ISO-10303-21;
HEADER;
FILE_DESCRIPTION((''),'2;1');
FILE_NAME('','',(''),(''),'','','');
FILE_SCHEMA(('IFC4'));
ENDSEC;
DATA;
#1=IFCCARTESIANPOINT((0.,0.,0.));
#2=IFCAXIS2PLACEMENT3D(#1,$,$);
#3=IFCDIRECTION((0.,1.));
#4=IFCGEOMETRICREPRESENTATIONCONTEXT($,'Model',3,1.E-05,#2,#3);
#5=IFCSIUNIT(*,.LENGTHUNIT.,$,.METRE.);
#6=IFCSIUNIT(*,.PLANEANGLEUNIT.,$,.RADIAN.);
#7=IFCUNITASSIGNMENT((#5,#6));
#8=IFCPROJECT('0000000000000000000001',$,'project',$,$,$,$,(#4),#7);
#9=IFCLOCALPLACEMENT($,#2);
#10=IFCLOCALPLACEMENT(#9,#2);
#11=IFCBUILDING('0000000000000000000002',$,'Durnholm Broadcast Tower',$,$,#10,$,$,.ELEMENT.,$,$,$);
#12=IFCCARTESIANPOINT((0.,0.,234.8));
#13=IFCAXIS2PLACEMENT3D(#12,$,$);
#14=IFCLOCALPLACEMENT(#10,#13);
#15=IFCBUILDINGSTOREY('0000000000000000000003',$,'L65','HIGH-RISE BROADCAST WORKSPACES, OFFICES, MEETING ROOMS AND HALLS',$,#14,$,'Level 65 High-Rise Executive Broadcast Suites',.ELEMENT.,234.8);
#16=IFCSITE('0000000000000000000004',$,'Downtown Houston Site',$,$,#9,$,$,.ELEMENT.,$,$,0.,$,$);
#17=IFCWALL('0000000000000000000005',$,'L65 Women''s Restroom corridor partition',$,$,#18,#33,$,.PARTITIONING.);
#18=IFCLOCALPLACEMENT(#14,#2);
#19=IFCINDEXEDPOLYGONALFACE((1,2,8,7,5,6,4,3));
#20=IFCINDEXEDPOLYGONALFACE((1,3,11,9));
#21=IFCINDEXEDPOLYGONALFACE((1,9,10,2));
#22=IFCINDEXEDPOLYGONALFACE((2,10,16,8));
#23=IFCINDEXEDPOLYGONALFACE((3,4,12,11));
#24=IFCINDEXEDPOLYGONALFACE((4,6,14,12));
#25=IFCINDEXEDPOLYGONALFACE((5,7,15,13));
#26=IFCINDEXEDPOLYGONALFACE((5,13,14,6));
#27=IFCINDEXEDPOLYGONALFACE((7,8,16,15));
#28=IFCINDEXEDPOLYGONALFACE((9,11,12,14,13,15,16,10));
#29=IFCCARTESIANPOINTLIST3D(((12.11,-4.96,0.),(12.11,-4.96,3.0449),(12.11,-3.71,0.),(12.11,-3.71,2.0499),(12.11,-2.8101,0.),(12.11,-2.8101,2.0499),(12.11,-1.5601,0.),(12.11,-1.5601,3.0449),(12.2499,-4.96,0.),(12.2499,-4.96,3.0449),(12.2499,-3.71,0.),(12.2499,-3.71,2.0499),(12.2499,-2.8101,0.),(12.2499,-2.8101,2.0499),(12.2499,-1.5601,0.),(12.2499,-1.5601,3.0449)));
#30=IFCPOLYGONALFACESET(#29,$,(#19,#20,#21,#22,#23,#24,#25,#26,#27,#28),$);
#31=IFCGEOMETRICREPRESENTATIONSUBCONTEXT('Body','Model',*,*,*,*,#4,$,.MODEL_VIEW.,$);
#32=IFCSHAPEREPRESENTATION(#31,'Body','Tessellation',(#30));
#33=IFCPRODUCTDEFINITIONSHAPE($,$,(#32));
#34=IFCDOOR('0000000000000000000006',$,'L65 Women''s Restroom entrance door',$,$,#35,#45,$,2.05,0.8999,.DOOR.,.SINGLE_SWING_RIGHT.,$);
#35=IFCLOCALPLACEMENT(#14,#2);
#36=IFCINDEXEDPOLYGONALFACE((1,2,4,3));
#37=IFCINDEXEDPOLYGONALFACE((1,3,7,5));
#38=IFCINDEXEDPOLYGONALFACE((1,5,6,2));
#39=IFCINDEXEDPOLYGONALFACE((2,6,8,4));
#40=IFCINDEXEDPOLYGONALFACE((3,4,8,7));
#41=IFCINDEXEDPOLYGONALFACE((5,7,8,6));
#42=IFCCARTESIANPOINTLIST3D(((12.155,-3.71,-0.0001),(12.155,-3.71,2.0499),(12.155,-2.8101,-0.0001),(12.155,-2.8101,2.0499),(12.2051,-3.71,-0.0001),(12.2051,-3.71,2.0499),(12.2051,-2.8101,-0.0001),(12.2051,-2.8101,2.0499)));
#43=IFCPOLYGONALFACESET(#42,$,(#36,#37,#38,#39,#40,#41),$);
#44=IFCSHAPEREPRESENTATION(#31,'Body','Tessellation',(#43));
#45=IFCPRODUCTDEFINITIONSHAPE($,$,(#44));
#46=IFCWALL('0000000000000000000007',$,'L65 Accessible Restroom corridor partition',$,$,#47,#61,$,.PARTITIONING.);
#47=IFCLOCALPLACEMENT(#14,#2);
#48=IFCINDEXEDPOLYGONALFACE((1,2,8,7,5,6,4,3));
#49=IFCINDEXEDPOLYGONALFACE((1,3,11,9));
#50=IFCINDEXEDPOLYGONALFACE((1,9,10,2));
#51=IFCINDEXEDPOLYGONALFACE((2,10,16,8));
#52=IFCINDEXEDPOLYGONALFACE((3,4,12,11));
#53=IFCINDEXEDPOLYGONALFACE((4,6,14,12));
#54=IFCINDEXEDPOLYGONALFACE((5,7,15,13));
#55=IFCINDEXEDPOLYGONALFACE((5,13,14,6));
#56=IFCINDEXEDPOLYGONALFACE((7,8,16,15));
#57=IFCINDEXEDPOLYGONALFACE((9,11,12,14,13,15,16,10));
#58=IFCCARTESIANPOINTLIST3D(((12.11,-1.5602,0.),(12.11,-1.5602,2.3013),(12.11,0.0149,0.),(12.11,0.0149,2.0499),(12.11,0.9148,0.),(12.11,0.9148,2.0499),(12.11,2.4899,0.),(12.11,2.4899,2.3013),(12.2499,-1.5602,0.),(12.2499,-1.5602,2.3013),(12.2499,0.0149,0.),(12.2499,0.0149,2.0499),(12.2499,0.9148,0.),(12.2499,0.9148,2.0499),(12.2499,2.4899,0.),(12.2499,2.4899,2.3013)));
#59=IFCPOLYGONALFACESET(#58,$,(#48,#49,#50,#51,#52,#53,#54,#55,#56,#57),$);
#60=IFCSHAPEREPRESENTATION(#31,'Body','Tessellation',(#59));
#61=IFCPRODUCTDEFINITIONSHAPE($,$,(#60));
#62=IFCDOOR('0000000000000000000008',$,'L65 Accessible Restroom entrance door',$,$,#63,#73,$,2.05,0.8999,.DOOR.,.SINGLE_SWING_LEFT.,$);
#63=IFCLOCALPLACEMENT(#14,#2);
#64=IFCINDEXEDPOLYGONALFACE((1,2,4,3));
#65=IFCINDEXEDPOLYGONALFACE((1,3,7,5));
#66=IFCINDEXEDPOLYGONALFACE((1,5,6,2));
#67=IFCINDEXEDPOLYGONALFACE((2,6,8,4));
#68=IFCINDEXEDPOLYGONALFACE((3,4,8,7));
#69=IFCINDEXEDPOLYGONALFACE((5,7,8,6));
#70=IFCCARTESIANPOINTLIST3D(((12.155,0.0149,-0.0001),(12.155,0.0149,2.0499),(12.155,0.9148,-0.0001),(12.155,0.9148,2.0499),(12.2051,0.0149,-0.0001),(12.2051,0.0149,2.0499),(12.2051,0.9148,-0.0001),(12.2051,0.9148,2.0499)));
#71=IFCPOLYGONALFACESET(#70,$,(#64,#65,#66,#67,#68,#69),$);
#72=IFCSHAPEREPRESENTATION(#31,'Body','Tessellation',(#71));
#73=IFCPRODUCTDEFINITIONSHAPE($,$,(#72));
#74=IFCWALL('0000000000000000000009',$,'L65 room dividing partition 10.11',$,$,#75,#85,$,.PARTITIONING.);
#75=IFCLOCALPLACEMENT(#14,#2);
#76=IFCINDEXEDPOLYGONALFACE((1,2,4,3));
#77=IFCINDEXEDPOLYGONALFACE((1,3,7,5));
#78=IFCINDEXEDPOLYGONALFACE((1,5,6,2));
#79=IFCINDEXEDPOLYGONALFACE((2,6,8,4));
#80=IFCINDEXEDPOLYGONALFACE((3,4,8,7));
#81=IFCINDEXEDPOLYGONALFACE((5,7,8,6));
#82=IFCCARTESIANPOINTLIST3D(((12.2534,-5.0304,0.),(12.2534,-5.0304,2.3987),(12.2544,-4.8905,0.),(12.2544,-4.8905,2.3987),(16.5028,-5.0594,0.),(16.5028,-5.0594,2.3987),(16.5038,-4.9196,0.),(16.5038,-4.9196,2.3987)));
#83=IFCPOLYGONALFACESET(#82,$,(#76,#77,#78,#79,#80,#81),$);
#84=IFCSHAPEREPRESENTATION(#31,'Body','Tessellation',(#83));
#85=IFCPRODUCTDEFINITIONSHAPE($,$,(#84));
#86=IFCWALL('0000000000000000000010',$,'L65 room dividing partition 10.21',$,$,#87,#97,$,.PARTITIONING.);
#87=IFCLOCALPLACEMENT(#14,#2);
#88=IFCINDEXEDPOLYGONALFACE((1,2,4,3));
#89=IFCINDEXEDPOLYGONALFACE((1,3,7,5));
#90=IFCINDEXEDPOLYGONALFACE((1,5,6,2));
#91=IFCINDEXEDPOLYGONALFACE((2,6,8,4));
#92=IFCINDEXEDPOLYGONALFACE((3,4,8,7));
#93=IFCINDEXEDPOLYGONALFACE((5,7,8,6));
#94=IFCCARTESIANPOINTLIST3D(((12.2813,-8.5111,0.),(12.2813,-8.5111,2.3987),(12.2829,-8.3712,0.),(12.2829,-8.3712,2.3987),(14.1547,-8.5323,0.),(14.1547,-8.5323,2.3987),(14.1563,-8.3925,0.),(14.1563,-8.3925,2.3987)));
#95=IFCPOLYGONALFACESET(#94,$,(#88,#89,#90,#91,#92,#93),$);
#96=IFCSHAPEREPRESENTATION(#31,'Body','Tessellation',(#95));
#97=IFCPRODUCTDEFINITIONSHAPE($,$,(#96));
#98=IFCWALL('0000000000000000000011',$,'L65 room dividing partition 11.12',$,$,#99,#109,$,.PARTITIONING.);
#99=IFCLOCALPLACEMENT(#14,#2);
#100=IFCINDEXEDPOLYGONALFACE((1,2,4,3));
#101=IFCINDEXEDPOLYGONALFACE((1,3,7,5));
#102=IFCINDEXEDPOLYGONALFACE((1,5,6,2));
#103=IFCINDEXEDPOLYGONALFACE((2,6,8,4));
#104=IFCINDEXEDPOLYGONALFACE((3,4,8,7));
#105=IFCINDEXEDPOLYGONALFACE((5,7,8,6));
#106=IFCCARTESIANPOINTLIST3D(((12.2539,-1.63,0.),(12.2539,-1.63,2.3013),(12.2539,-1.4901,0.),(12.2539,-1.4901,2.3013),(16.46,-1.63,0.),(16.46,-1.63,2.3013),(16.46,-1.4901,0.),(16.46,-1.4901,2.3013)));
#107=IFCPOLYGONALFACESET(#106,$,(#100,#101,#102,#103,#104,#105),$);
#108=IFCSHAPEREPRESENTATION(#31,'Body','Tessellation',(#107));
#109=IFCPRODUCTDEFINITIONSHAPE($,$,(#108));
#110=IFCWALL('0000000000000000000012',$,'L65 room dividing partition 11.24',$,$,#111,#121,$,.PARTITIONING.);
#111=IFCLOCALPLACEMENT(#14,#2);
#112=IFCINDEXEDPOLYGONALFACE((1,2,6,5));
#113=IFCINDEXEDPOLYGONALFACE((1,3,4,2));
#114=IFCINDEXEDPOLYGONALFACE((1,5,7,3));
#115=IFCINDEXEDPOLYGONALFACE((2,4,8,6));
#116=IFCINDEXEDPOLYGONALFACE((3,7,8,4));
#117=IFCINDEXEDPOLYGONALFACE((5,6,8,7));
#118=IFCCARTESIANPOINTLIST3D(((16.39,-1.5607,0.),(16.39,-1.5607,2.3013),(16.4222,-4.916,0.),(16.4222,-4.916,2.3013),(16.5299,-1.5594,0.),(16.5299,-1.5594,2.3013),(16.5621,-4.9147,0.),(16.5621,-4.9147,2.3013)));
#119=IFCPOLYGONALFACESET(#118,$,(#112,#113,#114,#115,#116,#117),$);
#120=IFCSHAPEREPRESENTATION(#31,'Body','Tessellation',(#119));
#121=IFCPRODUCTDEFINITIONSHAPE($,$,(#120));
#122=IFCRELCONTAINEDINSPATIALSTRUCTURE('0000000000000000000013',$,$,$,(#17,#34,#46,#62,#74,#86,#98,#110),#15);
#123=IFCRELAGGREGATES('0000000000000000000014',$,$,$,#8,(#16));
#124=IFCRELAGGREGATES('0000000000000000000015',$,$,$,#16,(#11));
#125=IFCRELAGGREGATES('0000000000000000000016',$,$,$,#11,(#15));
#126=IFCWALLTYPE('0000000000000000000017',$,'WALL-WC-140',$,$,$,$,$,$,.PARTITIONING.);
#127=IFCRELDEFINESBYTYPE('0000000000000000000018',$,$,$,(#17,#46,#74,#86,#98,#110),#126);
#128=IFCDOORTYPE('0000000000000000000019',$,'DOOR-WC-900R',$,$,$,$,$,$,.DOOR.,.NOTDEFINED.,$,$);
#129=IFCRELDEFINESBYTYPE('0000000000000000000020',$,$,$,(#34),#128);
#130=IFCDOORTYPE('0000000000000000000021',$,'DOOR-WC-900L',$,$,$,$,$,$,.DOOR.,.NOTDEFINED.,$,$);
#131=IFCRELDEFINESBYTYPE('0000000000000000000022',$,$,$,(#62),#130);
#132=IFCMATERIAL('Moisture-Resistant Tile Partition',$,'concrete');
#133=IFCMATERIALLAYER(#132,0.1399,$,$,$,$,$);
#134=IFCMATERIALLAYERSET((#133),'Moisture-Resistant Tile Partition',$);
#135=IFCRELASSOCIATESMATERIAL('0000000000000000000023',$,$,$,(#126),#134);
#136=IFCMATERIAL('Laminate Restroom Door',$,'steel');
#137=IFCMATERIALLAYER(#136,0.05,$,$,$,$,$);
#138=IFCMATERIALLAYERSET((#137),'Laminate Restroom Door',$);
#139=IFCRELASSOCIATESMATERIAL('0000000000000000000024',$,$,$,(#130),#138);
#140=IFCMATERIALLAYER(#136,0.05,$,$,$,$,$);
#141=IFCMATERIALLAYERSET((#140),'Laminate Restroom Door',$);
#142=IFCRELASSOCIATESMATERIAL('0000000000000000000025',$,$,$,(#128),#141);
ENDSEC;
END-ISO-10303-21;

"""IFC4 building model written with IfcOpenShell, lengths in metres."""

from ifc_helpers import new_model, si_unit, direction, frame, frame_2d, origin, place, context, subcontext, project, spatial, rectangle, extrude, source, transform, mapped, material, layer, layer_set, type_object, type_shapes, element, fill, save


model = new_model("IFC4")

# Units and contexts
model_context = context("Model", 3, precision=1e-05, world=origin(), true_north=direction((0.0, 1.0)))
body_context = subcontext(model_context, "Body", "Model", "MODEL_VIEW")
ifc_project = project(units=[si_unit("LENGTHUNIT", "METRE"), si_unit("PLANEANGLEUNIT", "RADIAN")], contexts=[model_context])

# Site, building, storey
site_placement = place(None, origin())
site = spatial("IfcSite", under=ifc_project, at=site_placement, Name="Downtown Houston Site", CompositionType="ELEMENT", RefElevation=0.0)
building_placement = place(site_placement, origin())
building = spatial("IfcBuilding", under=site, at=building_placement, Name="Durnholm Broadcast Tower", CompositionType="ELEMENT")
storey_placement = place(building_placement, frame((0.0, 0.0, 234.8)))
storey = spatial("IfcBuildingStorey", under=building, at=storey_placement, Name="L65", Description="HIGH-RISE BROADCAST WORKSPACES, OFFICES, MEETING ROOMS AND HALLS", LongName="Level 65 High-Rise Executive Broadcast Suites", CompositionType="ELEMENT", Elevation=234.8)

# Walls, openings, doors
ifc_material_1 = material(Name="Moisture-Resistant Tile Partition", Category="concrete")
ifc_layer_1 = layer(ifc_material_1, 0.1399)
ifc_layer_set_1 = layer_set([ifc_layer_1], Name="Moisture-Resistant Tile Partition")
wall_type_1 = type_object("IfcWallType", Name="WALL-WC-140", PredefinedType="PARTITIONING", material=ifc_layer_set_1)
ifc_material_2 = material(Name="Laminate Restroom Door", Category="steel")
ifc_layer_2 = layer(ifc_material_2, 0.05)
ifc_layer_set_2 = layer_set([ifc_layer_2], Name="Laminate Restroom Door")
door_type_1 = type_object("IfcDoorType", Name="DOOR-WC-900L", OperationType="NOTDEFINED", PredefinedType="DOOR", material=ifc_layer_set_2)
shared_shape_1 = source(origin(), body_context, "Body", "SweptSolid", [
    extrude(rectangle(XDim=0.8999, YDim=2.05, at=frame_2d((0.45, 1.0249))), frame((0.0, 0.0249, 0.0), z_axis=(0.0, -1.0, 0.0), x_axis=(1.0, 0.0, 0.0)), (0.0, 0.0, 1.0), 0.05),
])
type_shapes(door_type_1, [shared_shape_1])
wall_1_placement = place(storey_placement, frame((12.1799, -4.96, 0.0), z_axis=(0.0, 0.0, 1.0), x_axis=(0.0, 1.0, 0.0)))
wall_1 = element("IfcWall", 1, at=wall_1_placement, inside=storey, type_object=wall_type_1, Name="L65 Women's Restroom corridor partition", PredefinedType="PARTITIONING", context=body_context, shape_type="SweptSolid", body=[
    extrude(rectangle(XDim=3.3999, YDim=0.1399, at=frame_2d((1.7, 0.0))), origin(), (0.0, 0.0, 1.0), 3.0449),
])
opening_1_placement = place(wall_1_placement, frame((1.25, 0.0, 0.0)))
opening_1 = element("IfcOpeningElement", 2, at=opening_1_placement, cuts=wall_1, PredefinedType="OPENING", context=body_context, shape_type="SweptSolid", body=[
    extrude(rectangle(XDim=0.8999, YDim=2.05, at=frame_2d((0.45, 1.0249))), frame((0.0, 0.0801, 0.0), z_axis=(0.0, -1.0, 0.0), x_axis=(1.0, 0.0, 0.0)), (0.0, 0.0, 1.0), 0.1599),
])
ifc_layer_3 = layer(ifc_material_2, 0.05)
ifc_layer_set_3 = layer_set([ifc_layer_3], Name="Laminate Restroom Door")
door_type_2 = type_object("IfcDoorType", Name="DOOR-WC-900R", OperationType="NOTDEFINED", PredefinedType="DOOR", material=ifc_layer_set_3)
shared_shape_2 = source(origin(), body_context, "Body", "SweptSolid", [
    extrude(rectangle(XDim=0.8999, YDim=2.05, at=frame_2d((0.45, 1.0249))), frame((0.0, 0.0249, 0.0), z_axis=(0.0, -1.0, 0.0), x_axis=(1.0, 0.0, 0.0)), (0.0, 0.0, 1.0), 0.05),
])
type_shapes(door_type_2, [shared_shape_2])
door_1_placement = place(opening_1_placement, origin())
door_1 = element("IfcDoor", 3, at=door_1_placement, inside=storey, type_object=door_type_2, Name="L65 Women's Restroom entrance door", OperationType="SINGLE_SWING_RIGHT", OverallHeight=2.05, OverallWidth=0.8999, PredefinedType="DOOR", context=body_context, shape_type="MappedRepresentation", body=[
    mapped(shared_shape_2, transform((0.0, 0.0, 0.0), x_axis=(1.0, 0.0, 0.0), y_axis=(0.0, 1.0, 0.0), z_axis=(0.0, 0.0, 1.0), scale=1.0)),
])
fill(opening_1, door_1)
wall_2_placement = place(storey_placement, frame((12.1799, -1.5601, 0.0), z_axis=(0.0, 0.0, 1.0), x_axis=(0.0, 1.0, 0.0)))
wall_2 = element("IfcWall", 4, at=wall_2_placement, inside=storey, type_object=wall_type_1, Name="L65 Accessible Restroom corridor partition", PredefinedType="PARTITIONING", context=body_context, shape_type="SweptSolid", body=[
    extrude(rectangle(XDim=4.05, YDim=0.1399, at=frame_2d((2.0249, 0.0))), origin(), (0.0, 0.0, 1.0), 2.3013),
])
opening_2_placement = place(wall_2_placement, frame((1.575, 0.0, 0.0)))
opening_2 = element("IfcOpeningElement", 5, at=opening_2_placement, cuts=wall_2, PredefinedType="OPENING", context=body_context, shape_type="SweptSolid", body=[
    extrude(rectangle(XDim=0.8999, YDim=2.05, at=frame_2d((0.45, 1.0249))), frame((0.0, 0.0801, 0.0), z_axis=(0.0, -1.0, 0.0), x_axis=(1.0, 0.0, 0.0)), (0.0, 0.0, 1.0), 0.1599),
])
door_2_placement = place(opening_2_placement, origin())
door_2 = element("IfcDoor", 6, at=door_2_placement, inside=storey, type_object=door_type_1, Name="L65 Accessible Restroom entrance door", OperationType="SINGLE_SWING_LEFT", OverallHeight=2.05, OverallWidth=0.8999, PredefinedType="DOOR", context=body_context, shape_type="MappedRepresentation", body=[
    mapped(shared_shape_1, transform((0.0, 0.0, 0.0), x_axis=(1.0, 0.0, 0.0), y_axis=(0.0, 1.0, 0.0), z_axis=(0.0, 0.0, 1.0), scale=1.0)),
])
fill(opening_2, door_2)

# Walls
wall_3_placement = place(storey_placement, frame((12.2539, -4.9604, 0.0), z_axis=(0.0, 0.0, 1.0), x_axis=(0.999977, -0.006837, 0.0)))
element("IfcWall", 7, at=wall_3_placement, inside=storey, type_object=wall_type_1, Name="L65 room dividing partition 10.11", PredefinedType="PARTITIONING", context=body_context, shape_type="SweptSolid", body=[
    extrude(rectangle(XDim=4.2495, YDim=0.1399, at=frame_2d((2.1248, 0.0))), origin(), (0.0, 0.0, 1.0), 2.3987),
])
wall_4_placement = place(storey_placement, frame((14.1555, -8.4624, 0.0), z_axis=(0.0, 0.0, 1.0), x_axis=(-0.999936, 0.011336, 0.0)))
element("IfcWall", 8, at=wall_4_placement, inside=storey, type_object=wall_type_1, Name="L65 room dividing partition 10.21", PredefinedType="PARTITIONING", context=body_context, shape_type="SweptSolid", body=[
    extrude(rectangle(XDim=1.8735, YDim=0.1399, at=frame_2d((0.9368, 0.0))), origin(), (0.0, 0.0, 1.0), 2.3987),
])
wall_5_placement = place(storey_placement, frame((12.2539, -1.5601, 0.0), z_axis=(0.0, 0.0, 1.0), x_axis=(1.0, 0.0, 0.0)))
element("IfcWall", 9, at=wall_5_placement, inside=storey, type_object=wall_type_1, Name="L65 room dividing partition 11.12", PredefinedType="PARTITIONING", context=body_context, shape_type="SweptSolid", body=[
    extrude(rectangle(XDim=4.2061, YDim=0.1399, at=frame_2d((2.103, 0.0))), origin(), (0.0, 0.0, 1.0), 2.3013),
])
wall_6_placement = place(storey_placement, frame((16.46, -1.5601, 0.0), z_axis=(0.0, 0.0, 1.0), x_axis=(0.009604, -0.999954, 0.0)))
element("IfcWall", 10, at=wall_6_placement, inside=storey, type_object=wall_type_1, Name="L65 room dividing partition 11.24", PredefinedType="PARTITIONING", context=body_context, shape_type="SweptSolid", body=[
    extrude(rectangle(XDim=3.3555, YDim=0.1399, at=frame_2d((1.6777, 0.0))), origin(), (0.0, 0.0, 1.0), 2.3013),
])

save(model, "model.ifc")
